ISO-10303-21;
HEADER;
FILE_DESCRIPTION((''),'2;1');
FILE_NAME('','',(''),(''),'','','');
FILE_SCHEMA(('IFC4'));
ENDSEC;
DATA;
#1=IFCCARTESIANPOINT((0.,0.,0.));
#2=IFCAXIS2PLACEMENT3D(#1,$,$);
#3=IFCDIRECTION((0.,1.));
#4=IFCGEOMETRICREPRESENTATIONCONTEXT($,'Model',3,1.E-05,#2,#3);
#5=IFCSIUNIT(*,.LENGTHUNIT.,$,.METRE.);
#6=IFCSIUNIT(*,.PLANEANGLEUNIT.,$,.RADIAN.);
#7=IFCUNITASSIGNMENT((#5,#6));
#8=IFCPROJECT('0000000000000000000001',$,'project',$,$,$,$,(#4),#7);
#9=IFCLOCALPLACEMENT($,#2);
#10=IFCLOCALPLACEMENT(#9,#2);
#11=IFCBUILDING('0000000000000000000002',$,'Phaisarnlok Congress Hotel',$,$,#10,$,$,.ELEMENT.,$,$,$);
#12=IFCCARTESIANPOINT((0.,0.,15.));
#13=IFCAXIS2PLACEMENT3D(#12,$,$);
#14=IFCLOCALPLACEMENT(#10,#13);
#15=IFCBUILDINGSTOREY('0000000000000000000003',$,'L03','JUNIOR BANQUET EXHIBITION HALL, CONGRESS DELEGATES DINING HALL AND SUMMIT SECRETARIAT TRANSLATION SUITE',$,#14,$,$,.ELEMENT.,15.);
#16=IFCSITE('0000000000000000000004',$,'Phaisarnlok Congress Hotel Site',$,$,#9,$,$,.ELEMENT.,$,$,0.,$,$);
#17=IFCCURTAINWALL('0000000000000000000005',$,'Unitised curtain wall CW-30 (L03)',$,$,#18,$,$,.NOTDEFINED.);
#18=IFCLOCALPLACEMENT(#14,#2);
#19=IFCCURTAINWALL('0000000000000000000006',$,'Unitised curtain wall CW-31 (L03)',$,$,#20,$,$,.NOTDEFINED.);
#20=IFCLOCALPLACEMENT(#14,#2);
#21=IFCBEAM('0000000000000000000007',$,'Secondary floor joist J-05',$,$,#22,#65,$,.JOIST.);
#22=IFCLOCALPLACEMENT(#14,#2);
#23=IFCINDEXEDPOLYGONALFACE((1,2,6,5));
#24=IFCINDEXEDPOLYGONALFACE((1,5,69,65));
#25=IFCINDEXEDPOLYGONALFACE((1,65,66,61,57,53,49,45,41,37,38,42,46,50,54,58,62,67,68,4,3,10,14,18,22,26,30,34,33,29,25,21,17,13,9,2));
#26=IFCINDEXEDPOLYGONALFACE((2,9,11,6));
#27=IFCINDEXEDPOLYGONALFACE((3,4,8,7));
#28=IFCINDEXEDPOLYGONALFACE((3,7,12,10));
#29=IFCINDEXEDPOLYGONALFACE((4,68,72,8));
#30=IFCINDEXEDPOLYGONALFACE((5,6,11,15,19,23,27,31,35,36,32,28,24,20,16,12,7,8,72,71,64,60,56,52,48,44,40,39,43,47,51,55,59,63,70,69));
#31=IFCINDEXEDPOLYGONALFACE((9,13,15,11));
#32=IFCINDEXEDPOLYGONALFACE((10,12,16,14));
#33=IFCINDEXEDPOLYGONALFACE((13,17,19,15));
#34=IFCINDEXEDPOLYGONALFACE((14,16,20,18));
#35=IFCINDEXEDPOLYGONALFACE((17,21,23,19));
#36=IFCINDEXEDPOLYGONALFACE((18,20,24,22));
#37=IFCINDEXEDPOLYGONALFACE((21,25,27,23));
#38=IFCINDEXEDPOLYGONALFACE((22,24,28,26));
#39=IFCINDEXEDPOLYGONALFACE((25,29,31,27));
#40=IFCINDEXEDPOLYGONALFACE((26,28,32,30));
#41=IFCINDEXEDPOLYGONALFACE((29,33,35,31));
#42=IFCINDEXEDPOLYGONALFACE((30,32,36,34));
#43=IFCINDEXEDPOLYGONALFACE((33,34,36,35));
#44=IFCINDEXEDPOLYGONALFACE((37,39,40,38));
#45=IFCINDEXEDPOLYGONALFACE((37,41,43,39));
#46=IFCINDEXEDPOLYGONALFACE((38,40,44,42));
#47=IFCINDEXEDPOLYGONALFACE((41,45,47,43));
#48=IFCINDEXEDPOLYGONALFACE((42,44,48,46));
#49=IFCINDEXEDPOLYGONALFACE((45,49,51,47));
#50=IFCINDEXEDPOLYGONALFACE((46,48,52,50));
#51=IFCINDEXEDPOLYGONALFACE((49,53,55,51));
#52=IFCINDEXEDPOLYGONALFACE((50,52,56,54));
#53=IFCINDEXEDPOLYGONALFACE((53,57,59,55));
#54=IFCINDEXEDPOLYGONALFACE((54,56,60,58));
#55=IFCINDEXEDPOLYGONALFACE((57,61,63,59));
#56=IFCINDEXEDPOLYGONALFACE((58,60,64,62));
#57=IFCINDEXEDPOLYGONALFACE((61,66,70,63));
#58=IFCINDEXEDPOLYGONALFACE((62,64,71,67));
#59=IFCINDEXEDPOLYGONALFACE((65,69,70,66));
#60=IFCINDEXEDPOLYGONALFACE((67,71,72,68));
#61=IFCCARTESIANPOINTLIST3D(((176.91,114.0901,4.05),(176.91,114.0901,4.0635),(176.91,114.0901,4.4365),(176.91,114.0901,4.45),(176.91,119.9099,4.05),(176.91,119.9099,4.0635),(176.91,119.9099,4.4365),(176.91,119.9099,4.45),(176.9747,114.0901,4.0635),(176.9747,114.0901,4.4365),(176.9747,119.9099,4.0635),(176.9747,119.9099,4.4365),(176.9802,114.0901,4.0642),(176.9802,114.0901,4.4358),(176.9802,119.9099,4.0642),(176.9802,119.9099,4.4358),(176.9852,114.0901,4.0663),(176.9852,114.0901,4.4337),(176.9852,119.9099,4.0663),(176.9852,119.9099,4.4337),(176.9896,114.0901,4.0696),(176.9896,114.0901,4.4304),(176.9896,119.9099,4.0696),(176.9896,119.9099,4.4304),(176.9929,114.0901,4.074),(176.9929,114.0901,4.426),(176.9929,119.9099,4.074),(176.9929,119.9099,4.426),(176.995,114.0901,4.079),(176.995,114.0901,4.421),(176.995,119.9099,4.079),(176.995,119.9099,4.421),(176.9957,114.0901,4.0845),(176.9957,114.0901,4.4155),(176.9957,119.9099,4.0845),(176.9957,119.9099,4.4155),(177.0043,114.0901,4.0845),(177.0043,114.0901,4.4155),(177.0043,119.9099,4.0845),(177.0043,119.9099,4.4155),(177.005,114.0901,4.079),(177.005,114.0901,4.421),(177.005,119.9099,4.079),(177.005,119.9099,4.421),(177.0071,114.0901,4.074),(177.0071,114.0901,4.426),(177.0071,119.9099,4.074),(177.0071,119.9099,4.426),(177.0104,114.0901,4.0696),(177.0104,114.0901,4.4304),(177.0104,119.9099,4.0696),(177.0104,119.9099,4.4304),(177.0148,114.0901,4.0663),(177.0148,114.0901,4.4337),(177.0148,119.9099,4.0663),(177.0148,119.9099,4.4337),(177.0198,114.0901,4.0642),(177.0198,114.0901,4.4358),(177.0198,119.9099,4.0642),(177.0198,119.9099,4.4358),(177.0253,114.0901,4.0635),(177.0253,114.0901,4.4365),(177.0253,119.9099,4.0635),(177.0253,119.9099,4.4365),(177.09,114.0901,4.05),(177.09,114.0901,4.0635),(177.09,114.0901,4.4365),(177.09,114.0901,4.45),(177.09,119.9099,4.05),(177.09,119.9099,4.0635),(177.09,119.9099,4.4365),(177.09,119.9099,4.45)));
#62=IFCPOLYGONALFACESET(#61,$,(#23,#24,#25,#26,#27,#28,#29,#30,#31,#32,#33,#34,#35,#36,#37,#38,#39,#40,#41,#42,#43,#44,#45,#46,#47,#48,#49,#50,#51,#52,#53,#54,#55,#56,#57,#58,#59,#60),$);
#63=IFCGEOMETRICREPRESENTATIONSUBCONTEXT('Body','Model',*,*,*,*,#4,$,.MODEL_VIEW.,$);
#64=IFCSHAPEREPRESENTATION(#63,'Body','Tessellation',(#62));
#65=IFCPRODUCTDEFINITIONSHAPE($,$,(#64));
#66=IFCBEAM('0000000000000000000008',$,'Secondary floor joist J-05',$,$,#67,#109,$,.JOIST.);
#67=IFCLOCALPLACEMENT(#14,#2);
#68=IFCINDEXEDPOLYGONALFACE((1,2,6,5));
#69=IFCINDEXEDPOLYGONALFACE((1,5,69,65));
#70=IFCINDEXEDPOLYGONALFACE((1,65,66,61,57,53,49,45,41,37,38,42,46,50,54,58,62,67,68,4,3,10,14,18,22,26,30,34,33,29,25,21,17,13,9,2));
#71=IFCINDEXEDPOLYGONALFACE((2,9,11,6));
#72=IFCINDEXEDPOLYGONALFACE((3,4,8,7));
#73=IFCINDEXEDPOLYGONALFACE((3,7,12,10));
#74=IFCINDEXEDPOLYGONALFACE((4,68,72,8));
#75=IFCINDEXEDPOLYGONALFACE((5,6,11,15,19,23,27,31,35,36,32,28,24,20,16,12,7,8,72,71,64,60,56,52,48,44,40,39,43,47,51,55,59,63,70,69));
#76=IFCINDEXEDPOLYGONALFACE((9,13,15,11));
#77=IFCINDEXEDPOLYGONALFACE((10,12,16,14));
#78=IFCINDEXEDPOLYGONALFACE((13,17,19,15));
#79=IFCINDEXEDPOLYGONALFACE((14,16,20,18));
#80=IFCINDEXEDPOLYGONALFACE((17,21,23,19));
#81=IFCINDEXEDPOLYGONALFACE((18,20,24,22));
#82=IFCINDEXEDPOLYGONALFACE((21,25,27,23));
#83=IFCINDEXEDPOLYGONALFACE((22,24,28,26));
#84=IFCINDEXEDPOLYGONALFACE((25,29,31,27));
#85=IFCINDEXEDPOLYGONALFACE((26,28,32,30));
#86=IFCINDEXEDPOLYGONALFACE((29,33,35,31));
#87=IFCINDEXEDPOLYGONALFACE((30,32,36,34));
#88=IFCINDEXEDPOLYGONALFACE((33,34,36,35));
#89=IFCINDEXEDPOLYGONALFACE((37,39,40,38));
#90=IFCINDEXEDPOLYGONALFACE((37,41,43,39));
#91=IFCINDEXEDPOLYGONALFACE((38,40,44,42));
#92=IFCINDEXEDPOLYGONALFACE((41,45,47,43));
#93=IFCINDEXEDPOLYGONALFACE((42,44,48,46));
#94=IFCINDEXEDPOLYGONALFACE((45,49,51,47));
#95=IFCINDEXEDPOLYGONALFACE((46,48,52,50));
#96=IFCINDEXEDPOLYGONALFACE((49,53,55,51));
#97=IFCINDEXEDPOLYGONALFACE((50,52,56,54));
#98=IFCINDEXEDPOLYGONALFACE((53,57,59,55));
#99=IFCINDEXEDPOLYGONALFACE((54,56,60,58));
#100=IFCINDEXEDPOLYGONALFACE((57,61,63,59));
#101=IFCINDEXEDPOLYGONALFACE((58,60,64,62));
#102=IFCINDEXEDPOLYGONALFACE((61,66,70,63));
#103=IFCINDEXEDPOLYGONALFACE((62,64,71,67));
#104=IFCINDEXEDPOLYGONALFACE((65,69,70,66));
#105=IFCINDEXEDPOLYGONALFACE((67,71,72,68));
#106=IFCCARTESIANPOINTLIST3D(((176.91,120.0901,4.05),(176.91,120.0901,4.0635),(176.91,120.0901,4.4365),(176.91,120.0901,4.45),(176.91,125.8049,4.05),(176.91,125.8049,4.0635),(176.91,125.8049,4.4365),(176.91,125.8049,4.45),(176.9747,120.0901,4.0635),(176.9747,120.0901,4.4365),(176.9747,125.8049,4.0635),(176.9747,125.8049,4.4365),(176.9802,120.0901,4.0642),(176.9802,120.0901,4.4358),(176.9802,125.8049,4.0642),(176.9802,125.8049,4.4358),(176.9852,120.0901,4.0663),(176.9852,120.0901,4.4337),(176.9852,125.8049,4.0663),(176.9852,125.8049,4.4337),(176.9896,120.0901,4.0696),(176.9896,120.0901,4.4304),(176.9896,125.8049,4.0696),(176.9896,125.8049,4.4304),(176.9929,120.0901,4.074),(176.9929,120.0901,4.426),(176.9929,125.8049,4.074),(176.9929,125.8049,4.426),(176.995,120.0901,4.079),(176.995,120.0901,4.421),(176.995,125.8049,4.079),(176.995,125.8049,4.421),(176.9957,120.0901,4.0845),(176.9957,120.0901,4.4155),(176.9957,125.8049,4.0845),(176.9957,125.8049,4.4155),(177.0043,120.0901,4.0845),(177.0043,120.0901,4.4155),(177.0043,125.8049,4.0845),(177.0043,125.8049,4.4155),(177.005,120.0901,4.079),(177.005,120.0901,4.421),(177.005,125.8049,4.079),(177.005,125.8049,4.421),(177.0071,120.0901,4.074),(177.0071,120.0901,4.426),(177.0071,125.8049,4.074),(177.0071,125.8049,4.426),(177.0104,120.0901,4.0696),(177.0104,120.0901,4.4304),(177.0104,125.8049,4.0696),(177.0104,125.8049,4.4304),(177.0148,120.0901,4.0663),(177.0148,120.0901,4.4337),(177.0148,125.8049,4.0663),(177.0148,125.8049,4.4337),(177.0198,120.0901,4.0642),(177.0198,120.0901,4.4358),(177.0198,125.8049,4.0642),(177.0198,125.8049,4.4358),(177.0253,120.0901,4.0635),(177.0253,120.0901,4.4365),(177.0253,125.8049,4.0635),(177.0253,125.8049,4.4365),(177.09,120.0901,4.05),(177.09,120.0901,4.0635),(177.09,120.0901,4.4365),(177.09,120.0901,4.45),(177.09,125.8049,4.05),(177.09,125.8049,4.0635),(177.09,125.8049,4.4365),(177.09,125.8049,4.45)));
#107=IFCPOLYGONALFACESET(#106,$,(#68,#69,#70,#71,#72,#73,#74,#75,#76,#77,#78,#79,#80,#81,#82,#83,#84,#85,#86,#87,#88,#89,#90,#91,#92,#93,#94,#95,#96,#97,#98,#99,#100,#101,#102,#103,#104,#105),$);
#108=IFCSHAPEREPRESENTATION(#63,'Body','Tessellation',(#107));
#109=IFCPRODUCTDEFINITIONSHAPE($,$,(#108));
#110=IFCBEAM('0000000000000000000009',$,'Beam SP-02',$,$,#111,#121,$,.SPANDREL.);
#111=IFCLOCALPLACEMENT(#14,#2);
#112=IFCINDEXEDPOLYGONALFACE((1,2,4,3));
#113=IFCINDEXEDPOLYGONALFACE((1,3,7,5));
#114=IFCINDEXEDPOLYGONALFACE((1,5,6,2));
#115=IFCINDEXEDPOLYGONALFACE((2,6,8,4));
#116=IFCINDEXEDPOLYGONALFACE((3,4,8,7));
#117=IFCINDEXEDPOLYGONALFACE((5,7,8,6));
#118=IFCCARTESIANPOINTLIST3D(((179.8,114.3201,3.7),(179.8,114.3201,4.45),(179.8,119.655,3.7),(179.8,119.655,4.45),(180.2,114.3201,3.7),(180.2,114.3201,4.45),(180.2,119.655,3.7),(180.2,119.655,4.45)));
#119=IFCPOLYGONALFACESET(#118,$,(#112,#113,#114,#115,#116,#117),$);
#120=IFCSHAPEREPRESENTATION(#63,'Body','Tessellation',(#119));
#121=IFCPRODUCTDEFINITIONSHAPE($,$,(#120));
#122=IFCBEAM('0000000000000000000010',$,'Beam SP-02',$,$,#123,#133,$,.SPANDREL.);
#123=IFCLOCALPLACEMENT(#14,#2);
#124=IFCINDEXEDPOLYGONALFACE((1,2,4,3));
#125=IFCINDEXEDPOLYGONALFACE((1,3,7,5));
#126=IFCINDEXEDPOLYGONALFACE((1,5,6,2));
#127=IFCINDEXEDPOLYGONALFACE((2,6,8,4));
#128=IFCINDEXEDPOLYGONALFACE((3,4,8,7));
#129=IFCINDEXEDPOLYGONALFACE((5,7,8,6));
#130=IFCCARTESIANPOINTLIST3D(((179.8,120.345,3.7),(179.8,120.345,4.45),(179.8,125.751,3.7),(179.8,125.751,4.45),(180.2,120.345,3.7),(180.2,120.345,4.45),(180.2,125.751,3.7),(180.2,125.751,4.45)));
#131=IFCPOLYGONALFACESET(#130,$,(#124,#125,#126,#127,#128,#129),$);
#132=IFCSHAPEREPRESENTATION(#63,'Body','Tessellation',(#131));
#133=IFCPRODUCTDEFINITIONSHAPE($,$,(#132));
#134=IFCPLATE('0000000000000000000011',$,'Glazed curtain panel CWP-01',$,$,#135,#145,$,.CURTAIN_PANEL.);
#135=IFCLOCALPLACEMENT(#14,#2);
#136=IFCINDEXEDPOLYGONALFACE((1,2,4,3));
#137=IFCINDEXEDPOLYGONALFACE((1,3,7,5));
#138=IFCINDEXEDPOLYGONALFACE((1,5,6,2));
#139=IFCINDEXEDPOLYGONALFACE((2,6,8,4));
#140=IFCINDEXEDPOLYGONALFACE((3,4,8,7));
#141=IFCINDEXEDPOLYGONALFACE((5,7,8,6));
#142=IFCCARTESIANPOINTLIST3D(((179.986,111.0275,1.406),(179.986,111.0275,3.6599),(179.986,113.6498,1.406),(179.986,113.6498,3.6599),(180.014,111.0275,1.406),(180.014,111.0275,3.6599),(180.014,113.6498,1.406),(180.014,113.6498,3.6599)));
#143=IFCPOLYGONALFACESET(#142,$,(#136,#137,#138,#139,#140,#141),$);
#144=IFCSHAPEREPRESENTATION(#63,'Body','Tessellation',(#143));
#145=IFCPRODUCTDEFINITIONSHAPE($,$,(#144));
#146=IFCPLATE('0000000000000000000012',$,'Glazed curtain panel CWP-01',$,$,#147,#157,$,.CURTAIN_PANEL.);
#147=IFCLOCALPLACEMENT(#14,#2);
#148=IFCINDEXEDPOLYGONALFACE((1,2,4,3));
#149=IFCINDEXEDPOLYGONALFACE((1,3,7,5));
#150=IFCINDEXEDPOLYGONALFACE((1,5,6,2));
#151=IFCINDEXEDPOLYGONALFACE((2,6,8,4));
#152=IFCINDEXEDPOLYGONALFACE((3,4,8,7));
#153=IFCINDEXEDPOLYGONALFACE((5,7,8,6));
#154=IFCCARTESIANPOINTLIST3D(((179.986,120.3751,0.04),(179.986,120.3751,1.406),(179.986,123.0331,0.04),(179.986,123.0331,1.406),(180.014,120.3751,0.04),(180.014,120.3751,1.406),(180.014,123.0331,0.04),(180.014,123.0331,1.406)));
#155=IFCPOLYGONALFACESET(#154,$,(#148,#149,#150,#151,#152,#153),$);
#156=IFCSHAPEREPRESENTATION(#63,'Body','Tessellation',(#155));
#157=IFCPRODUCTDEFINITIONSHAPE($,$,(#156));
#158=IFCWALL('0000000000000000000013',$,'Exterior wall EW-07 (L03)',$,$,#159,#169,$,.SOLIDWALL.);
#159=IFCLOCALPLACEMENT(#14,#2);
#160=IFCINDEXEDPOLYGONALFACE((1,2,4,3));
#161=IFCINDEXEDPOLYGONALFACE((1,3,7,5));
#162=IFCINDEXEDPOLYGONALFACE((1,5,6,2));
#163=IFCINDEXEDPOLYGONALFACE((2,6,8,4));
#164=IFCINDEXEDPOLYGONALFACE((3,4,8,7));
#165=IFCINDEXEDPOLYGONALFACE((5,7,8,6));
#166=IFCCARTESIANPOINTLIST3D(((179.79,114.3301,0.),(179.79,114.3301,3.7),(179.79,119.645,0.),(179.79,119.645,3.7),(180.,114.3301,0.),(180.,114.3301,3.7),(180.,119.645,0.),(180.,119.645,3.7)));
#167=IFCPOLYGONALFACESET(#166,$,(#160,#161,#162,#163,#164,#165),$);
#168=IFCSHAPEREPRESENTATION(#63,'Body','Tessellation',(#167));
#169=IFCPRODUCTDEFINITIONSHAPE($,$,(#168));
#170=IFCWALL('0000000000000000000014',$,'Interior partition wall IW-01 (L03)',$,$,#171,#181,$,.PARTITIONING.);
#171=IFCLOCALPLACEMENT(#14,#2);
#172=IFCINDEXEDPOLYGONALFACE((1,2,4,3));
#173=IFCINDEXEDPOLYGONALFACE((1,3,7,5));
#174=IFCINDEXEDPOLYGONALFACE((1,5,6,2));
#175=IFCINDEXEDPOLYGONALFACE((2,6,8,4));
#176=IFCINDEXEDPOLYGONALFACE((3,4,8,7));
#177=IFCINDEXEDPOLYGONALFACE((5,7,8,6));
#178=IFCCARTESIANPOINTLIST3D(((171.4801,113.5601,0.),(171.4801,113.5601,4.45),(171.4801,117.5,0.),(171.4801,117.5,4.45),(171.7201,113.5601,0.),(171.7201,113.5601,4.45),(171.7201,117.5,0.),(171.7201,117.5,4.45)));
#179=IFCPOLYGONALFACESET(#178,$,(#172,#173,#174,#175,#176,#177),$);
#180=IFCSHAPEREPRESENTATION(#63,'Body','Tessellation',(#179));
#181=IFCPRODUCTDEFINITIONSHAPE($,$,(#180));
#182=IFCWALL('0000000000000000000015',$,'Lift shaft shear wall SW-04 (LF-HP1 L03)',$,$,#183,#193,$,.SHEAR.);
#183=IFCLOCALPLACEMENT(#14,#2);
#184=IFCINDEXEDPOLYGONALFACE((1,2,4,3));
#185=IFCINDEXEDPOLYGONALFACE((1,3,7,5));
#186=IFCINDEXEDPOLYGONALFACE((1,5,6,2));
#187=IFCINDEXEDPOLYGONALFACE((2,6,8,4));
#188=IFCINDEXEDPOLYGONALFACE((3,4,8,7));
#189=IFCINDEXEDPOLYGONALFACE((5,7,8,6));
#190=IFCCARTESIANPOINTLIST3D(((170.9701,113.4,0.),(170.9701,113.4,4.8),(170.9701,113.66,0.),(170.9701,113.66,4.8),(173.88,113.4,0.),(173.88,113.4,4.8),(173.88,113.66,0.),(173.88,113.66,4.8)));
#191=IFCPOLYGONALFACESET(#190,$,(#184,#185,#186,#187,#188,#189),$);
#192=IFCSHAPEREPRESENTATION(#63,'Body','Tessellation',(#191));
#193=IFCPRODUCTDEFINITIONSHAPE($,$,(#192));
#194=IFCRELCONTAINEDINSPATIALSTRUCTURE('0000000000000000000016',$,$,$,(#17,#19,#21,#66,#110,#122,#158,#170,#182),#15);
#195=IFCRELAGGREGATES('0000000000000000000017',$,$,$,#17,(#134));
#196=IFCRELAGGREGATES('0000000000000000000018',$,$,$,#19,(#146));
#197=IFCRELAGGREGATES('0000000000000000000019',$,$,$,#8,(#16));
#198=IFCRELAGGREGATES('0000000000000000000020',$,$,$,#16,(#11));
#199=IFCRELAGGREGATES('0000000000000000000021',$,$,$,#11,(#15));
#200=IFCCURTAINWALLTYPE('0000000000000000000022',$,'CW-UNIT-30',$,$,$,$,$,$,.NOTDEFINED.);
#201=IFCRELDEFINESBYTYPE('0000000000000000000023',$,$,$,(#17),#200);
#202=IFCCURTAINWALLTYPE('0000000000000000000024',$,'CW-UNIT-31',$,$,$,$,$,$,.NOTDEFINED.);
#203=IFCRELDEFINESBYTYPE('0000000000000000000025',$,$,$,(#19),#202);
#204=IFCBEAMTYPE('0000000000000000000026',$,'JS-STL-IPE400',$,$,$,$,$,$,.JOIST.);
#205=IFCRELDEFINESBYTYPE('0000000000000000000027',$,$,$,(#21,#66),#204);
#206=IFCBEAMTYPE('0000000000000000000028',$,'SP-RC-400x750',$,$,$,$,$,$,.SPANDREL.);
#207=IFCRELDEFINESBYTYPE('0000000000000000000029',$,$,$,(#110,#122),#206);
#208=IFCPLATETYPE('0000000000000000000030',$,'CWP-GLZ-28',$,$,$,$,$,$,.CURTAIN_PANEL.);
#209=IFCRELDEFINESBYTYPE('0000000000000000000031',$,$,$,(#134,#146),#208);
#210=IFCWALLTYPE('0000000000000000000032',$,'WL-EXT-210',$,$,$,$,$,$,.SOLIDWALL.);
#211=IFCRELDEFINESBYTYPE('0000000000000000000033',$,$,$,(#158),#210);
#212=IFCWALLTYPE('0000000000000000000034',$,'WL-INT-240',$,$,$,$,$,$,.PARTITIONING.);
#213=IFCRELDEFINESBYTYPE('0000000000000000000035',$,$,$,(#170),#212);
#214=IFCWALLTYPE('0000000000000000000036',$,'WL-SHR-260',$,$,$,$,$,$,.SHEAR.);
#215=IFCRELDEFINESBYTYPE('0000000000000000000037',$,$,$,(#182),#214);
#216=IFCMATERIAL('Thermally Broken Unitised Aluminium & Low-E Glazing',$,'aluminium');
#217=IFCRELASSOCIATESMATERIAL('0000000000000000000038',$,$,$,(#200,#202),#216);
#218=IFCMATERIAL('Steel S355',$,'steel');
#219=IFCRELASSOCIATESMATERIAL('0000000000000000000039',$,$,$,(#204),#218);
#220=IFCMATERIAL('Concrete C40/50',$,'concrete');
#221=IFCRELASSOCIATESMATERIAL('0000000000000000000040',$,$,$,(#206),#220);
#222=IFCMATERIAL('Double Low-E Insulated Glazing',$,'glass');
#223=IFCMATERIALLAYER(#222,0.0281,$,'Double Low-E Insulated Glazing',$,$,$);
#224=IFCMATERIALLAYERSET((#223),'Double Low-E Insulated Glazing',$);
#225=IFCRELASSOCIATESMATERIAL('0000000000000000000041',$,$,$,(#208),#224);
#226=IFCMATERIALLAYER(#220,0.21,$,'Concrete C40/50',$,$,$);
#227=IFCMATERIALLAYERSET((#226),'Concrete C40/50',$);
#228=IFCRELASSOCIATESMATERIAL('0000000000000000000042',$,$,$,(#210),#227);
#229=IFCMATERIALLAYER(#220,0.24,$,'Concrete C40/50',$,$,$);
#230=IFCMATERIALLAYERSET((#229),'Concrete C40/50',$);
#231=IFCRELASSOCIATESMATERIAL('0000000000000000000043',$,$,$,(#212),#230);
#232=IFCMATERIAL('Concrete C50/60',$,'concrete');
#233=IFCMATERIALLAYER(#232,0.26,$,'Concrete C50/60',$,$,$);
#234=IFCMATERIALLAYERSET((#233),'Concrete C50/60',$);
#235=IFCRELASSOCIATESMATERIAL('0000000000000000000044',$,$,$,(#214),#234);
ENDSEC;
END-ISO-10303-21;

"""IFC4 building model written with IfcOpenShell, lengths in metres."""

from ifc_helpers import new_model, si_unit, direction, frame, frame_2d, origin, origin_2d, place, context, subcontext, project, spatial, rectangle, i_section, extrude, material, layer, layer_set, material_profile, profile_set, type_object, element, aggregate, save


model = new_model("IFC4")

# Units and contexts
model_context = context("Model", 3, precision=1e-05, world=origin(), true_north=direction((0.0, 1.0)))
body_context = subcontext(model_context, "Body", "Model", "MODEL_VIEW")
ifc_project = project(units=[si_unit("LENGTHUNIT", "METRE"), si_unit("PLANEANGLEUNIT", "RADIAN")], contexts=[model_context])

# Site, building, storey
site_placement = place(None, origin())
site = spatial("IfcSite", under=ifc_project, at=site_placement, Name="Phaisarnlok Congress Hotel Site", CompositionType="ELEMENT", RefElevation=0.0)
building_placement = place(site_placement, origin())
building = spatial("IfcBuilding", under=site, at=building_placement, Name="Phaisarnlok Congress Hotel", CompositionType="ELEMENT")
storey_placement = place(building_placement, frame((0.0, 0.0, 15.0)))
storey = spatial("IfcBuildingStorey", under=building, at=storey_placement, Name="L03", Description="JUNIOR BANQUET EXHIBITION HALL, CONGRESS DELEGATES DINING HALL AND SUMMIT SECRETARIAT TRANSLATION SUITE", CompositionType="ELEMENT", Elevation=15.0)

# Shared definitions
ifc_material_1 = material(Name="Concrete C50/60", Category="concrete")

# Shared definitions
ifc_material_2 = material(Name="Concrete C40/50", Category="concrete")
ifc_material_3 = material(Name="Steel S355", Category="steel")

# Curtain wall
ifc_material_4 = material(Name="Thermally Broken Unitised Aluminium & Low-E Glazing", Category="aluminium")
curtain_wall_type_1 = type_object("IfcCurtainWallType", Name="CW-UNIT-30", PredefinedType="NOTDEFINED", material=ifc_material_4)
curtain_wall_1_placement = place(storey_placement, origin())
curtain_wall_1 = element("IfcCurtainWall", 1, at=curtain_wall_1_placement, inside=storey, type_object=curtain_wall_type_1, Name="Unitised curtain wall CW-30 (L03)", PredefinedType="NOTDEFINED")

# Curtain wall
curtain_wall_type_2 = type_object("IfcCurtainWallType", Name="CW-UNIT-31", PredefinedType="NOTDEFINED", material=ifc_material_4)
curtain_wall_2_placement = place(storey_placement, origin())
curtain_wall_2 = element("IfcCurtainWall", 2, at=curtain_wall_2_placement, inside=storey, type_object=curtain_wall_type_2, Name="Unitised curtain wall CW-31 (L03)", PredefinedType="NOTDEFINED")

# Beams
ifc_material_profile_1 = material_profile(ifc_material_3, i_section(OverallWidth=0.1799, OverallDepth=0.3999, WebThickness=0.0085, FlangeThickness=0.0134, FilletRadius=0.021, at=origin_2d()), Name="IPE 400")
ifc_profile_set_1 = profile_set([ifc_material_profile_1], Name="Steel S355")
beam_type_1 = type_object("IfcBeamType", Name="JS-STL-IPE400", PredefinedType="JOIST", material=ifc_profile_set_1)
beam_1_placement = place(storey_placement, frame((177.0, 114.0901, 4.25), z_axis=(0.0, 1.0, 0.0), x_axis=(-1.0, 0.0, 0.0)))
element("IfcBeam", 3, at=beam_1_placement, inside=storey, type_object=beam_type_1, Name="Secondary floor joist J-05", PredefinedType="JOIST", context=body_context, shape_type="SweptSolid", body=[
    extrude(i_section(OverallWidth=0.1799, OverallDepth=0.3999, WebThickness=0.0085, FlangeThickness=0.0134, FilletRadius=0.021, at=origin_2d()), origin(), (0.0, 0.0, 1.0), 5.8198),
])
beam_2_placement = place(storey_placement, frame((177.0, 120.0901, 4.25), z_axis=(0.0, 1.0, 0.0), x_axis=(-1.0, 0.0, 0.0)))
element("IfcBeam", 4, at=beam_2_placement, inside=storey, type_object=beam_type_1, Name="Secondary floor joist J-05", PredefinedType="JOIST", context=body_context, shape_type="SweptSolid", body=[
    extrude(i_section(OverallWidth=0.1799, OverallDepth=0.3999, WebThickness=0.0085, FlangeThickness=0.0134, FilletRadius=0.021, at=origin_2d()), origin(), (0.0, 0.0, 1.0), 5.7148),
])
ifc_material_profile_2 = material_profile(ifc_material_2, rectangle(XDim=0.3999, YDim=0.75, at=origin_2d()), Name="RC 400x750")
ifc_profile_set_2 = profile_set([ifc_material_profile_2], Name="Concrete C40/50")
beam_type_2 = type_object("IfcBeamType", Name="SP-RC-400x750", PredefinedType="SPANDREL", material=ifc_profile_set_2)
beam_3_placement = place(storey_placement, frame((180.0, 114.3201, 4.075), z_axis=(0.0, 1.0, 0.0), x_axis=(-1.0, 0.0, 0.0)))
element("IfcBeam", 5, at=beam_3_placement, inside=storey, type_object=beam_type_2, Name="Beam SP-02", PredefinedType="SPANDREL", context=body_context, shape_type="SweptSolid", body=[
    extrude(rectangle(XDim=0.3999, YDim=0.75, at=origin_2d()), origin(), (0.0, 0.0, 1.0), 5.335),
])
beam_4_placement = place(storey_placement, frame((180.0, 120.345, 4.075), z_axis=(0.0, 1.0, 0.0), x_axis=(-1.0, 0.0, 0.0)))
element("IfcBeam", 6, at=beam_4_placement, inside=storey, type_object=beam_type_2, Name="Beam SP-02", PredefinedType="SPANDREL", context=body_context, shape_type="SweptSolid", body=[
    extrude(rectangle(XDim=0.3999, YDim=0.75, at=origin_2d()), origin(), (0.0, 0.0, 1.0), 5.406),
])

# Plates
ifc_material_5 = material(Name="Double Low-E Insulated Glazing", Category="glass")
ifc_layer_1 = layer(ifc_material_5, 0.0281, Name="Double Low-E Insulated Glazing")
ifc_layer_set_1 = layer_set([ifc_layer_1], Name="Double Low-E Insulated Glazing")
plate_type = type_object("IfcPlateType", Name="CWP-GLZ-28", PredefinedType="CURTAIN_PANEL", material=ifc_layer_set_1)
plate_1_placement = place(storey_placement, frame((180.0, 111.0276, 1.406), z_axis=(0.0, 0.0, 1.0), x_axis=(0.0, 1.0, 0.0)))
plate_1 = element("IfcPlate", 7, at=plate_1_placement, type_object=plate_type, Name="Glazed curtain panel CWP-01", PredefinedType="CURTAIN_PANEL", context=body_context, shape_type="SweptSolid", body=[
    extrude(rectangle(XDim=2.6223, YDim=0.0281, at=frame_2d((1.311, 0.0))), origin(), (0.0, 0.0, 1.0), 2.2539),
])
aggregate(curtain_wall_1, [plate_1])
plate_2_placement = place(storey_placement, frame((180.0, 120.375, 0.04), z_axis=(0.0, 0.0, 1.0), x_axis=(0.0, 1.0, 0.0)))
plate_2 = element("IfcPlate", 8, at=plate_2_placement, type_object=plate_type, Name="Glazed curtain panel CWP-01", PredefinedType="CURTAIN_PANEL", context=body_context, shape_type="SweptSolid", body=[
    extrude(rectangle(XDim=2.658, YDim=0.0281, at=frame_2d((1.3291, 0.0))), origin(), (0.0, 0.0, 1.0), 1.366),
])
aggregate(curtain_wall_2, [plate_2])

# Walls
ifc_layer_2 = layer(ifc_material_2, 0.21, Name="Concrete C40/50")
ifc_layer_set_2 = layer_set([ifc_layer_2], Name="Concrete C40/50")
wall_type_1 = type_object("IfcWallType", Name="WL-EXT-210", PredefinedType="SOLIDWALL", material=ifc_layer_set_2)
wall_1_placement = place(storey_placement, frame((179.895, 114.3301, 0.0), z_axis=(0.0, 0.0, 1.0), x_axis=(0.0, 1.0, 0.0)))
element("IfcWall", 9, at=wall_1_placement, inside=storey, type_object=wall_type_1, Name="Exterior wall EW-07 (L03)", PredefinedType="SOLIDWALL", context=body_context, shape_type="SweptSolid", body=[
    extrude(rectangle(XDim=5.3149, YDim=0.21, at=frame_2d((2.6575, 0.0))), origin(), (0.0, 0.0, 1.0), 3.7),
])
ifc_layer_3 = layer(ifc_material_2, 0.24, Name="Concrete C40/50")
ifc_layer_set_3 = layer_set([ifc_layer_3], Name="Concrete C40/50")
wall_type_2 = type_object("IfcWallType", Name="WL-INT-240", PredefinedType="PARTITIONING", material=ifc_layer_set_3)
wall_2_placement = place(storey_placement, frame((171.6001, 113.5601, 0.0), z_axis=(0.0, 0.0, 1.0), x_axis=(0.0, 1.0, 0.0)))
element("IfcWall", 10, at=wall_2_placement, inside=storey, type_object=wall_type_2, Name="Interior partition wall IW-01 (L03)", PredefinedType="PARTITIONING", context=body_context, shape_type="SweptSolid", body=[
    extrude(rectangle(XDim=3.9399, YDim=0.24, at=frame_2d((1.97, 0.0))), origin(), (0.0, 0.0, 1.0), 4.45),
])
ifc_layer_4 = layer(ifc_material_1, 0.26, Name="Concrete C50/60")
ifc_layer_set_4 = layer_set([ifc_layer_4], Name="Concrete C50/60")
wall_type_3 = type_object("IfcWallType", Name="WL-SHR-260", PredefinedType="SHEAR", material=ifc_layer_set_4)
wall_3_placement = place(storey_placement, frame((170.97, 113.53, 0.0), z_axis=(0.0, 0.0, 1.0), x_axis=(1.0, 0.0, 0.0)))
element("IfcWall", 11, at=wall_3_placement, inside=storey, type_object=wall_type_3, Name="Lift shaft shear wall SW-04 (LF-HP1 L03)", PredefinedType="SHEAR", context=body_context, shape_type="SweptSolid", body=[
    extrude(rectangle(XDim=2.9099, YDim=0.26, at=frame_2d((1.4551, 0.0))), origin(), (0.0, 0.0, 1.0), 4.8),
])

save(model, "model.ifc")
